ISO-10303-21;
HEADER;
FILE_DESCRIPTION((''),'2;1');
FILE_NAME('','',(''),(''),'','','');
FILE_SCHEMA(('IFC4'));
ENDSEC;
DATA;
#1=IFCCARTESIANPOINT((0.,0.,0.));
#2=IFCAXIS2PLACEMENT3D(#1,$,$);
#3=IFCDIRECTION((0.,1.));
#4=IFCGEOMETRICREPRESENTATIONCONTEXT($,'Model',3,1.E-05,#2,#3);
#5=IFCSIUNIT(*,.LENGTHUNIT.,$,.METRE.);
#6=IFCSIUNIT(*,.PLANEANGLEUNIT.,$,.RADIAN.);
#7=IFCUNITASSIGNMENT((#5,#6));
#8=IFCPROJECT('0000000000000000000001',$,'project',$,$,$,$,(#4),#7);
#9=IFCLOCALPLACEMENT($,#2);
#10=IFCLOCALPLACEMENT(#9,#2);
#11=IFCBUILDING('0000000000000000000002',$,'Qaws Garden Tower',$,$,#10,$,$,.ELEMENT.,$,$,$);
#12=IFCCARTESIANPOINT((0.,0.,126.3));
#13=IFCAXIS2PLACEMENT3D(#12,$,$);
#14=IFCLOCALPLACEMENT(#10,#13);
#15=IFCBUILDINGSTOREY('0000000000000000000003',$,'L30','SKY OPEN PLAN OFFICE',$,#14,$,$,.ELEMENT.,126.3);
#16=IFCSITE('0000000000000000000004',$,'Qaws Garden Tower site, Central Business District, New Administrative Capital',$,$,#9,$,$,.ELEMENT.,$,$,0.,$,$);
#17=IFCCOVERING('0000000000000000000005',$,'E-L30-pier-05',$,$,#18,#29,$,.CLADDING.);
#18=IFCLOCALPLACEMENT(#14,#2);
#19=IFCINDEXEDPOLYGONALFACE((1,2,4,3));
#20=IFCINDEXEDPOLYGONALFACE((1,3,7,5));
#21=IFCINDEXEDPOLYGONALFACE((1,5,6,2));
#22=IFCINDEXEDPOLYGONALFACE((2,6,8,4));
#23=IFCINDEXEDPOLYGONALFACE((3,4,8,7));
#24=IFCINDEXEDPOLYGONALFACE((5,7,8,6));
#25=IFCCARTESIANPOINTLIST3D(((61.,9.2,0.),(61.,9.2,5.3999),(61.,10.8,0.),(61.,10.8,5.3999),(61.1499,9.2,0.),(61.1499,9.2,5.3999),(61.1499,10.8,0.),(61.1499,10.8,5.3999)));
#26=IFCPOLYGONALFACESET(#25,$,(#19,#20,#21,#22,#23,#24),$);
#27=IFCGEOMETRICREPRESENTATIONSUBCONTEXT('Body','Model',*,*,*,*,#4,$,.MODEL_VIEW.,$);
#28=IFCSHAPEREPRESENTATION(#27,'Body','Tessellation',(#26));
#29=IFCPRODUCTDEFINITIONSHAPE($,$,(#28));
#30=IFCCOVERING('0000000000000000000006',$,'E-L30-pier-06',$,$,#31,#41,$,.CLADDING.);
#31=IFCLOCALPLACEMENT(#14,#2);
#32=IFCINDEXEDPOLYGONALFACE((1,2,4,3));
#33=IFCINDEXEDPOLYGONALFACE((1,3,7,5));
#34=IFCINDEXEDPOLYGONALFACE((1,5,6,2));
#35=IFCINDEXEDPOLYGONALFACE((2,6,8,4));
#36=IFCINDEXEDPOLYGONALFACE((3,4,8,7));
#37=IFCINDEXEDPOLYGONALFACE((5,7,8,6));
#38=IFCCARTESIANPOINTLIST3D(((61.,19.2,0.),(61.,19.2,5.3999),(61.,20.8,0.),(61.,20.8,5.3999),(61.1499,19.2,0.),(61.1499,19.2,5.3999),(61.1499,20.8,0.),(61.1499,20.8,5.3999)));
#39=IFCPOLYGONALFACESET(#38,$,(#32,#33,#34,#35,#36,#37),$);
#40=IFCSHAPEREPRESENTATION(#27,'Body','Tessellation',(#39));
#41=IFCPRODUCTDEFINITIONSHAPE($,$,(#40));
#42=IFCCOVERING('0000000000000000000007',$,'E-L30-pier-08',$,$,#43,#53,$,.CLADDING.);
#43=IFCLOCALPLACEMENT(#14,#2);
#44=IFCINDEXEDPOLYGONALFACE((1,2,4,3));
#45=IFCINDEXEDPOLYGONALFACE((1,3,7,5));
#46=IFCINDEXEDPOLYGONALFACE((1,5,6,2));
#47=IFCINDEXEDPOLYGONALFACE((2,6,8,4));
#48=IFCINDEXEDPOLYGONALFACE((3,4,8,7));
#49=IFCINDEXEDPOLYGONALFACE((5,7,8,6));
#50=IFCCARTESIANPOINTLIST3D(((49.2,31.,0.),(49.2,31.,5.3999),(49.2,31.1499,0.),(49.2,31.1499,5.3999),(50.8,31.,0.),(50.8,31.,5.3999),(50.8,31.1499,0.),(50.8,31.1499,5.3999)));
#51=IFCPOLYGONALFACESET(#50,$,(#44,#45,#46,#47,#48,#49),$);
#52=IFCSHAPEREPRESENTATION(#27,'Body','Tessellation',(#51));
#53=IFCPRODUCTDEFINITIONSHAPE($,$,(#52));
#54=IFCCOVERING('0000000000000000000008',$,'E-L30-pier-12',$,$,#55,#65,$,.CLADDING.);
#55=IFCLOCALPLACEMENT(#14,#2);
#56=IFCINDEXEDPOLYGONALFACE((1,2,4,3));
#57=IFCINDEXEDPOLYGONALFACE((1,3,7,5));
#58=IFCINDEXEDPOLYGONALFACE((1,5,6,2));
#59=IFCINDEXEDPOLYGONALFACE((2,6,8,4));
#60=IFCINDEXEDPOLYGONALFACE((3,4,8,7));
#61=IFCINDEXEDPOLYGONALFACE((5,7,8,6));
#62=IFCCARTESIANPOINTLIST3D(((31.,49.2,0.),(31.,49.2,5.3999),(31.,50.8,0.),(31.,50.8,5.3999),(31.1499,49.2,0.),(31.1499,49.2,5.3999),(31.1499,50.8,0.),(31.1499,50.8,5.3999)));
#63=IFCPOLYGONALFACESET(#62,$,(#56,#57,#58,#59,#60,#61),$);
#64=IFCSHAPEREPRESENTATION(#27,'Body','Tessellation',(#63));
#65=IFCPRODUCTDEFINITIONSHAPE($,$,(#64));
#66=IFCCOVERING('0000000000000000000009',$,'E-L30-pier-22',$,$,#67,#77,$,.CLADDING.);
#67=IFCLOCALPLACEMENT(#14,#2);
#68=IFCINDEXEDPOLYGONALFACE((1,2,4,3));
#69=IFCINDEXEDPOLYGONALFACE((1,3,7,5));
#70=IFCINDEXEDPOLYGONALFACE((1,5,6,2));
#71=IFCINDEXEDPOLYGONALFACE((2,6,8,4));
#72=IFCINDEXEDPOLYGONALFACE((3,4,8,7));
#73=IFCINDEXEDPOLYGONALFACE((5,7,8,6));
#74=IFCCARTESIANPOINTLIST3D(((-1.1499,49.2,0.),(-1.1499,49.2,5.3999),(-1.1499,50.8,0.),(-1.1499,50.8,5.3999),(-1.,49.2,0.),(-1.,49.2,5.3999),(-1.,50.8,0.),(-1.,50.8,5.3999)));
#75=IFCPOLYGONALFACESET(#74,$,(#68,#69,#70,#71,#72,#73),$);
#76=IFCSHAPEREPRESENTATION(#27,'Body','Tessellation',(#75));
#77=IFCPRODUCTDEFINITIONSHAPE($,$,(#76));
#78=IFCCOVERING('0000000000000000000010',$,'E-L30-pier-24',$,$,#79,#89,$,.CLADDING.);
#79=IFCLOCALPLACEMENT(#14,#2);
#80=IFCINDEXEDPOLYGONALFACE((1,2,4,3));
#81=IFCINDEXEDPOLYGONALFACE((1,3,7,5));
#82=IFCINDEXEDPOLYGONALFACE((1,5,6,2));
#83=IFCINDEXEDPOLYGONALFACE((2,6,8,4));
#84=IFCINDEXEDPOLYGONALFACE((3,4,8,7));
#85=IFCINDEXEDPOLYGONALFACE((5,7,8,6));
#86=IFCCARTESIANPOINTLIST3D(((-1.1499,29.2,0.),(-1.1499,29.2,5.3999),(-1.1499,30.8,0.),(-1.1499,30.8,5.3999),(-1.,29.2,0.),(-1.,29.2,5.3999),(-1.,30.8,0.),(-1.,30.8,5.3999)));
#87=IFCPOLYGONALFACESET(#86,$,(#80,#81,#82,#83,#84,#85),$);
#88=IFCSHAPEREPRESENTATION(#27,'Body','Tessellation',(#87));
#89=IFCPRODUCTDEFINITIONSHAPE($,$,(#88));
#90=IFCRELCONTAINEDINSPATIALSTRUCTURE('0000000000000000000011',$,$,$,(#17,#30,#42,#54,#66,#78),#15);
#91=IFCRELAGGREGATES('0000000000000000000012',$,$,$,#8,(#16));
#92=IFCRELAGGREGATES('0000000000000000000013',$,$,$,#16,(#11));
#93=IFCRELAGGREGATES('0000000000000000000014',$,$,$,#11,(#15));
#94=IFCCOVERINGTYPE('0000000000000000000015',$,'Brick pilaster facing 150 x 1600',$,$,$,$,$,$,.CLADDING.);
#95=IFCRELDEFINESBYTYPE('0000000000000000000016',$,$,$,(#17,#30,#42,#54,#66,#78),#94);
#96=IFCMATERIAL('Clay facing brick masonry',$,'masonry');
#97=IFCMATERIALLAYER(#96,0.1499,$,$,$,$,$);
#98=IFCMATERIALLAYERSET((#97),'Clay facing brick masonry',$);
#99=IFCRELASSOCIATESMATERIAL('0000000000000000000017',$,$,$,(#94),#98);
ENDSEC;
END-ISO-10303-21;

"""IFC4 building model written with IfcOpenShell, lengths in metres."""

from ifc_helpers import new_model, si_unit, direction, frame, origin, place, context, subcontext, project, spatial, polyline, outline, extrude, material, layer, layer_set, type_object, element, save


model = new_model("IFC4")

# Units and contexts
model_context = context("Model", 3, precision=1e-05, world=origin(), true_north=direction((0.0, 1.0)))
body_context = subcontext(model_context, "Body", "Model", "MODEL_VIEW")
ifc_project = project(units=[si_unit("LENGTHUNIT", "METRE"), si_unit("PLANEANGLEUNIT", "RADIAN")], contexts=[model_context])

# Site, building, storey
site_placement = place(None, origin())
site = spatial("IfcSite", under=ifc_project, at=site_placement, Name="Qaws Garden Tower site, Central Business District, New Administrative Capital", CompositionType="ELEMENT", RefElevation=0.0)
building_placement = place(site_placement, origin())
building = spatial("IfcBuilding", under=site, at=building_placement, Name="Qaws Garden Tower", CompositionType="ELEMENT")
storey_placement = place(building_placement, frame((0.0, 0.0, 126.3)))
storey = spatial("IfcBuildingStorey", under=building, at=storey_placement, Name="L30", Description="SKY OPEN PLAN OFFICE", CompositionType="ELEMENT", Elevation=126.3)

# Shared definitions
placement_1 = place(storey_placement, origin())

# Coverings
ifc_material_1 = material(Name="Clay facing brick masonry", Category="masonry")
ifc_layer_1 = layer(ifc_material_1, 0.1499)
ifc_layer_set_1 = layer_set([ifc_layer_1], Name="Clay facing brick masonry")
covering_type = type_object("IfcCoveringType", Name="Brick pilaster facing 150 x 1600", PredefinedType="CLADDING", material=ifc_layer_set_1)
element("IfcCovering", 1, at=placement_1, inside=storey, type_object=covering_type, Name="E-L30-pier-05", PredefinedType="CLADDING", context=body_context, shape_type="SweptSolid", body=[
    extrude(outline(polyline([(61.0, 9.2), (61.0, 10.8), (61.1499, 10.8), (61.1499, 9.2), (61.0, 9.2)])), origin(), (0.0, 0.0, 1.0), 5.3999),
])
element("IfcCovering", 2, at=placement_1, inside=storey, type_object=covering_type, Name="E-L30-pier-06", PredefinedType="CLADDING", context=body_context, shape_type="SweptSolid", body=[
    extrude(outline(polyline([(61.0, 19.2), (61.0, 20.8), (61.1499, 20.8), (61.1499, 19.2), (61.0, 19.2)])), origin(), (0.0, 0.0, 1.0), 5.3999),
])
element("IfcCovering", 3, at=placement_1, inside=storey, type_object=covering_type, Name="E-L30-pier-08", PredefinedType="CLADDING", context=body_context, shape_type="SweptSolid", body=[
    extrude(outline(polyline([(50.8, 31.0), (49.2, 31.0), (49.2, 31.1499), (50.8, 31.1499), (50.8, 31.0)])), origin(), (0.0, 0.0, 1.0), 5.3999),
])
element("IfcCovering", 4, at=placement_1, inside=storey, type_object=covering_type, Name="E-L30-pier-12", PredefinedType="CLADDING", context=body_context, shape_type="SweptSolid", body=[
    extrude(outline(polyline([(31.0, 49.2), (31.0, 50.8), (31.1499, 50.8), (31.1499, 49.2), (31.0, 49.2)])), origin(), (0.0, 0.0, 1.0), 5.3999),
])
element("IfcCovering", 5, at=placement_1, inside=storey, type_object=covering_type, Name="E-L30-pier-22", PredefinedType="CLADDING", context=body_context, shape_type="SweptSolid", body=[
    extrude(outline(polyline([(-1.0, 50.8), (-1.0, 49.2), (-1.1499, 49.2), (-1.1499, 50.8), (-1.0, 50.8)])), origin(), (0.0, 0.0, 1.0), 5.3999),
])
element("IfcCovering", 6, at=placement_1, inside=storey, type_object=covering_type, Name="E-L30-pier-24", PredefinedType="CLADDING", context=body_context, shape_type="SweptSolid", body=[
    extrude(outline(polyline([(-1.0, 30.8), (-1.0, 29.2), (-1.1499, 29.2), (-1.1499, 30.8), (-1.0, 30.8)])), origin(), (0.0, 0.0, 1.0), 5.3999),
])

save(model, "model.ifc")
